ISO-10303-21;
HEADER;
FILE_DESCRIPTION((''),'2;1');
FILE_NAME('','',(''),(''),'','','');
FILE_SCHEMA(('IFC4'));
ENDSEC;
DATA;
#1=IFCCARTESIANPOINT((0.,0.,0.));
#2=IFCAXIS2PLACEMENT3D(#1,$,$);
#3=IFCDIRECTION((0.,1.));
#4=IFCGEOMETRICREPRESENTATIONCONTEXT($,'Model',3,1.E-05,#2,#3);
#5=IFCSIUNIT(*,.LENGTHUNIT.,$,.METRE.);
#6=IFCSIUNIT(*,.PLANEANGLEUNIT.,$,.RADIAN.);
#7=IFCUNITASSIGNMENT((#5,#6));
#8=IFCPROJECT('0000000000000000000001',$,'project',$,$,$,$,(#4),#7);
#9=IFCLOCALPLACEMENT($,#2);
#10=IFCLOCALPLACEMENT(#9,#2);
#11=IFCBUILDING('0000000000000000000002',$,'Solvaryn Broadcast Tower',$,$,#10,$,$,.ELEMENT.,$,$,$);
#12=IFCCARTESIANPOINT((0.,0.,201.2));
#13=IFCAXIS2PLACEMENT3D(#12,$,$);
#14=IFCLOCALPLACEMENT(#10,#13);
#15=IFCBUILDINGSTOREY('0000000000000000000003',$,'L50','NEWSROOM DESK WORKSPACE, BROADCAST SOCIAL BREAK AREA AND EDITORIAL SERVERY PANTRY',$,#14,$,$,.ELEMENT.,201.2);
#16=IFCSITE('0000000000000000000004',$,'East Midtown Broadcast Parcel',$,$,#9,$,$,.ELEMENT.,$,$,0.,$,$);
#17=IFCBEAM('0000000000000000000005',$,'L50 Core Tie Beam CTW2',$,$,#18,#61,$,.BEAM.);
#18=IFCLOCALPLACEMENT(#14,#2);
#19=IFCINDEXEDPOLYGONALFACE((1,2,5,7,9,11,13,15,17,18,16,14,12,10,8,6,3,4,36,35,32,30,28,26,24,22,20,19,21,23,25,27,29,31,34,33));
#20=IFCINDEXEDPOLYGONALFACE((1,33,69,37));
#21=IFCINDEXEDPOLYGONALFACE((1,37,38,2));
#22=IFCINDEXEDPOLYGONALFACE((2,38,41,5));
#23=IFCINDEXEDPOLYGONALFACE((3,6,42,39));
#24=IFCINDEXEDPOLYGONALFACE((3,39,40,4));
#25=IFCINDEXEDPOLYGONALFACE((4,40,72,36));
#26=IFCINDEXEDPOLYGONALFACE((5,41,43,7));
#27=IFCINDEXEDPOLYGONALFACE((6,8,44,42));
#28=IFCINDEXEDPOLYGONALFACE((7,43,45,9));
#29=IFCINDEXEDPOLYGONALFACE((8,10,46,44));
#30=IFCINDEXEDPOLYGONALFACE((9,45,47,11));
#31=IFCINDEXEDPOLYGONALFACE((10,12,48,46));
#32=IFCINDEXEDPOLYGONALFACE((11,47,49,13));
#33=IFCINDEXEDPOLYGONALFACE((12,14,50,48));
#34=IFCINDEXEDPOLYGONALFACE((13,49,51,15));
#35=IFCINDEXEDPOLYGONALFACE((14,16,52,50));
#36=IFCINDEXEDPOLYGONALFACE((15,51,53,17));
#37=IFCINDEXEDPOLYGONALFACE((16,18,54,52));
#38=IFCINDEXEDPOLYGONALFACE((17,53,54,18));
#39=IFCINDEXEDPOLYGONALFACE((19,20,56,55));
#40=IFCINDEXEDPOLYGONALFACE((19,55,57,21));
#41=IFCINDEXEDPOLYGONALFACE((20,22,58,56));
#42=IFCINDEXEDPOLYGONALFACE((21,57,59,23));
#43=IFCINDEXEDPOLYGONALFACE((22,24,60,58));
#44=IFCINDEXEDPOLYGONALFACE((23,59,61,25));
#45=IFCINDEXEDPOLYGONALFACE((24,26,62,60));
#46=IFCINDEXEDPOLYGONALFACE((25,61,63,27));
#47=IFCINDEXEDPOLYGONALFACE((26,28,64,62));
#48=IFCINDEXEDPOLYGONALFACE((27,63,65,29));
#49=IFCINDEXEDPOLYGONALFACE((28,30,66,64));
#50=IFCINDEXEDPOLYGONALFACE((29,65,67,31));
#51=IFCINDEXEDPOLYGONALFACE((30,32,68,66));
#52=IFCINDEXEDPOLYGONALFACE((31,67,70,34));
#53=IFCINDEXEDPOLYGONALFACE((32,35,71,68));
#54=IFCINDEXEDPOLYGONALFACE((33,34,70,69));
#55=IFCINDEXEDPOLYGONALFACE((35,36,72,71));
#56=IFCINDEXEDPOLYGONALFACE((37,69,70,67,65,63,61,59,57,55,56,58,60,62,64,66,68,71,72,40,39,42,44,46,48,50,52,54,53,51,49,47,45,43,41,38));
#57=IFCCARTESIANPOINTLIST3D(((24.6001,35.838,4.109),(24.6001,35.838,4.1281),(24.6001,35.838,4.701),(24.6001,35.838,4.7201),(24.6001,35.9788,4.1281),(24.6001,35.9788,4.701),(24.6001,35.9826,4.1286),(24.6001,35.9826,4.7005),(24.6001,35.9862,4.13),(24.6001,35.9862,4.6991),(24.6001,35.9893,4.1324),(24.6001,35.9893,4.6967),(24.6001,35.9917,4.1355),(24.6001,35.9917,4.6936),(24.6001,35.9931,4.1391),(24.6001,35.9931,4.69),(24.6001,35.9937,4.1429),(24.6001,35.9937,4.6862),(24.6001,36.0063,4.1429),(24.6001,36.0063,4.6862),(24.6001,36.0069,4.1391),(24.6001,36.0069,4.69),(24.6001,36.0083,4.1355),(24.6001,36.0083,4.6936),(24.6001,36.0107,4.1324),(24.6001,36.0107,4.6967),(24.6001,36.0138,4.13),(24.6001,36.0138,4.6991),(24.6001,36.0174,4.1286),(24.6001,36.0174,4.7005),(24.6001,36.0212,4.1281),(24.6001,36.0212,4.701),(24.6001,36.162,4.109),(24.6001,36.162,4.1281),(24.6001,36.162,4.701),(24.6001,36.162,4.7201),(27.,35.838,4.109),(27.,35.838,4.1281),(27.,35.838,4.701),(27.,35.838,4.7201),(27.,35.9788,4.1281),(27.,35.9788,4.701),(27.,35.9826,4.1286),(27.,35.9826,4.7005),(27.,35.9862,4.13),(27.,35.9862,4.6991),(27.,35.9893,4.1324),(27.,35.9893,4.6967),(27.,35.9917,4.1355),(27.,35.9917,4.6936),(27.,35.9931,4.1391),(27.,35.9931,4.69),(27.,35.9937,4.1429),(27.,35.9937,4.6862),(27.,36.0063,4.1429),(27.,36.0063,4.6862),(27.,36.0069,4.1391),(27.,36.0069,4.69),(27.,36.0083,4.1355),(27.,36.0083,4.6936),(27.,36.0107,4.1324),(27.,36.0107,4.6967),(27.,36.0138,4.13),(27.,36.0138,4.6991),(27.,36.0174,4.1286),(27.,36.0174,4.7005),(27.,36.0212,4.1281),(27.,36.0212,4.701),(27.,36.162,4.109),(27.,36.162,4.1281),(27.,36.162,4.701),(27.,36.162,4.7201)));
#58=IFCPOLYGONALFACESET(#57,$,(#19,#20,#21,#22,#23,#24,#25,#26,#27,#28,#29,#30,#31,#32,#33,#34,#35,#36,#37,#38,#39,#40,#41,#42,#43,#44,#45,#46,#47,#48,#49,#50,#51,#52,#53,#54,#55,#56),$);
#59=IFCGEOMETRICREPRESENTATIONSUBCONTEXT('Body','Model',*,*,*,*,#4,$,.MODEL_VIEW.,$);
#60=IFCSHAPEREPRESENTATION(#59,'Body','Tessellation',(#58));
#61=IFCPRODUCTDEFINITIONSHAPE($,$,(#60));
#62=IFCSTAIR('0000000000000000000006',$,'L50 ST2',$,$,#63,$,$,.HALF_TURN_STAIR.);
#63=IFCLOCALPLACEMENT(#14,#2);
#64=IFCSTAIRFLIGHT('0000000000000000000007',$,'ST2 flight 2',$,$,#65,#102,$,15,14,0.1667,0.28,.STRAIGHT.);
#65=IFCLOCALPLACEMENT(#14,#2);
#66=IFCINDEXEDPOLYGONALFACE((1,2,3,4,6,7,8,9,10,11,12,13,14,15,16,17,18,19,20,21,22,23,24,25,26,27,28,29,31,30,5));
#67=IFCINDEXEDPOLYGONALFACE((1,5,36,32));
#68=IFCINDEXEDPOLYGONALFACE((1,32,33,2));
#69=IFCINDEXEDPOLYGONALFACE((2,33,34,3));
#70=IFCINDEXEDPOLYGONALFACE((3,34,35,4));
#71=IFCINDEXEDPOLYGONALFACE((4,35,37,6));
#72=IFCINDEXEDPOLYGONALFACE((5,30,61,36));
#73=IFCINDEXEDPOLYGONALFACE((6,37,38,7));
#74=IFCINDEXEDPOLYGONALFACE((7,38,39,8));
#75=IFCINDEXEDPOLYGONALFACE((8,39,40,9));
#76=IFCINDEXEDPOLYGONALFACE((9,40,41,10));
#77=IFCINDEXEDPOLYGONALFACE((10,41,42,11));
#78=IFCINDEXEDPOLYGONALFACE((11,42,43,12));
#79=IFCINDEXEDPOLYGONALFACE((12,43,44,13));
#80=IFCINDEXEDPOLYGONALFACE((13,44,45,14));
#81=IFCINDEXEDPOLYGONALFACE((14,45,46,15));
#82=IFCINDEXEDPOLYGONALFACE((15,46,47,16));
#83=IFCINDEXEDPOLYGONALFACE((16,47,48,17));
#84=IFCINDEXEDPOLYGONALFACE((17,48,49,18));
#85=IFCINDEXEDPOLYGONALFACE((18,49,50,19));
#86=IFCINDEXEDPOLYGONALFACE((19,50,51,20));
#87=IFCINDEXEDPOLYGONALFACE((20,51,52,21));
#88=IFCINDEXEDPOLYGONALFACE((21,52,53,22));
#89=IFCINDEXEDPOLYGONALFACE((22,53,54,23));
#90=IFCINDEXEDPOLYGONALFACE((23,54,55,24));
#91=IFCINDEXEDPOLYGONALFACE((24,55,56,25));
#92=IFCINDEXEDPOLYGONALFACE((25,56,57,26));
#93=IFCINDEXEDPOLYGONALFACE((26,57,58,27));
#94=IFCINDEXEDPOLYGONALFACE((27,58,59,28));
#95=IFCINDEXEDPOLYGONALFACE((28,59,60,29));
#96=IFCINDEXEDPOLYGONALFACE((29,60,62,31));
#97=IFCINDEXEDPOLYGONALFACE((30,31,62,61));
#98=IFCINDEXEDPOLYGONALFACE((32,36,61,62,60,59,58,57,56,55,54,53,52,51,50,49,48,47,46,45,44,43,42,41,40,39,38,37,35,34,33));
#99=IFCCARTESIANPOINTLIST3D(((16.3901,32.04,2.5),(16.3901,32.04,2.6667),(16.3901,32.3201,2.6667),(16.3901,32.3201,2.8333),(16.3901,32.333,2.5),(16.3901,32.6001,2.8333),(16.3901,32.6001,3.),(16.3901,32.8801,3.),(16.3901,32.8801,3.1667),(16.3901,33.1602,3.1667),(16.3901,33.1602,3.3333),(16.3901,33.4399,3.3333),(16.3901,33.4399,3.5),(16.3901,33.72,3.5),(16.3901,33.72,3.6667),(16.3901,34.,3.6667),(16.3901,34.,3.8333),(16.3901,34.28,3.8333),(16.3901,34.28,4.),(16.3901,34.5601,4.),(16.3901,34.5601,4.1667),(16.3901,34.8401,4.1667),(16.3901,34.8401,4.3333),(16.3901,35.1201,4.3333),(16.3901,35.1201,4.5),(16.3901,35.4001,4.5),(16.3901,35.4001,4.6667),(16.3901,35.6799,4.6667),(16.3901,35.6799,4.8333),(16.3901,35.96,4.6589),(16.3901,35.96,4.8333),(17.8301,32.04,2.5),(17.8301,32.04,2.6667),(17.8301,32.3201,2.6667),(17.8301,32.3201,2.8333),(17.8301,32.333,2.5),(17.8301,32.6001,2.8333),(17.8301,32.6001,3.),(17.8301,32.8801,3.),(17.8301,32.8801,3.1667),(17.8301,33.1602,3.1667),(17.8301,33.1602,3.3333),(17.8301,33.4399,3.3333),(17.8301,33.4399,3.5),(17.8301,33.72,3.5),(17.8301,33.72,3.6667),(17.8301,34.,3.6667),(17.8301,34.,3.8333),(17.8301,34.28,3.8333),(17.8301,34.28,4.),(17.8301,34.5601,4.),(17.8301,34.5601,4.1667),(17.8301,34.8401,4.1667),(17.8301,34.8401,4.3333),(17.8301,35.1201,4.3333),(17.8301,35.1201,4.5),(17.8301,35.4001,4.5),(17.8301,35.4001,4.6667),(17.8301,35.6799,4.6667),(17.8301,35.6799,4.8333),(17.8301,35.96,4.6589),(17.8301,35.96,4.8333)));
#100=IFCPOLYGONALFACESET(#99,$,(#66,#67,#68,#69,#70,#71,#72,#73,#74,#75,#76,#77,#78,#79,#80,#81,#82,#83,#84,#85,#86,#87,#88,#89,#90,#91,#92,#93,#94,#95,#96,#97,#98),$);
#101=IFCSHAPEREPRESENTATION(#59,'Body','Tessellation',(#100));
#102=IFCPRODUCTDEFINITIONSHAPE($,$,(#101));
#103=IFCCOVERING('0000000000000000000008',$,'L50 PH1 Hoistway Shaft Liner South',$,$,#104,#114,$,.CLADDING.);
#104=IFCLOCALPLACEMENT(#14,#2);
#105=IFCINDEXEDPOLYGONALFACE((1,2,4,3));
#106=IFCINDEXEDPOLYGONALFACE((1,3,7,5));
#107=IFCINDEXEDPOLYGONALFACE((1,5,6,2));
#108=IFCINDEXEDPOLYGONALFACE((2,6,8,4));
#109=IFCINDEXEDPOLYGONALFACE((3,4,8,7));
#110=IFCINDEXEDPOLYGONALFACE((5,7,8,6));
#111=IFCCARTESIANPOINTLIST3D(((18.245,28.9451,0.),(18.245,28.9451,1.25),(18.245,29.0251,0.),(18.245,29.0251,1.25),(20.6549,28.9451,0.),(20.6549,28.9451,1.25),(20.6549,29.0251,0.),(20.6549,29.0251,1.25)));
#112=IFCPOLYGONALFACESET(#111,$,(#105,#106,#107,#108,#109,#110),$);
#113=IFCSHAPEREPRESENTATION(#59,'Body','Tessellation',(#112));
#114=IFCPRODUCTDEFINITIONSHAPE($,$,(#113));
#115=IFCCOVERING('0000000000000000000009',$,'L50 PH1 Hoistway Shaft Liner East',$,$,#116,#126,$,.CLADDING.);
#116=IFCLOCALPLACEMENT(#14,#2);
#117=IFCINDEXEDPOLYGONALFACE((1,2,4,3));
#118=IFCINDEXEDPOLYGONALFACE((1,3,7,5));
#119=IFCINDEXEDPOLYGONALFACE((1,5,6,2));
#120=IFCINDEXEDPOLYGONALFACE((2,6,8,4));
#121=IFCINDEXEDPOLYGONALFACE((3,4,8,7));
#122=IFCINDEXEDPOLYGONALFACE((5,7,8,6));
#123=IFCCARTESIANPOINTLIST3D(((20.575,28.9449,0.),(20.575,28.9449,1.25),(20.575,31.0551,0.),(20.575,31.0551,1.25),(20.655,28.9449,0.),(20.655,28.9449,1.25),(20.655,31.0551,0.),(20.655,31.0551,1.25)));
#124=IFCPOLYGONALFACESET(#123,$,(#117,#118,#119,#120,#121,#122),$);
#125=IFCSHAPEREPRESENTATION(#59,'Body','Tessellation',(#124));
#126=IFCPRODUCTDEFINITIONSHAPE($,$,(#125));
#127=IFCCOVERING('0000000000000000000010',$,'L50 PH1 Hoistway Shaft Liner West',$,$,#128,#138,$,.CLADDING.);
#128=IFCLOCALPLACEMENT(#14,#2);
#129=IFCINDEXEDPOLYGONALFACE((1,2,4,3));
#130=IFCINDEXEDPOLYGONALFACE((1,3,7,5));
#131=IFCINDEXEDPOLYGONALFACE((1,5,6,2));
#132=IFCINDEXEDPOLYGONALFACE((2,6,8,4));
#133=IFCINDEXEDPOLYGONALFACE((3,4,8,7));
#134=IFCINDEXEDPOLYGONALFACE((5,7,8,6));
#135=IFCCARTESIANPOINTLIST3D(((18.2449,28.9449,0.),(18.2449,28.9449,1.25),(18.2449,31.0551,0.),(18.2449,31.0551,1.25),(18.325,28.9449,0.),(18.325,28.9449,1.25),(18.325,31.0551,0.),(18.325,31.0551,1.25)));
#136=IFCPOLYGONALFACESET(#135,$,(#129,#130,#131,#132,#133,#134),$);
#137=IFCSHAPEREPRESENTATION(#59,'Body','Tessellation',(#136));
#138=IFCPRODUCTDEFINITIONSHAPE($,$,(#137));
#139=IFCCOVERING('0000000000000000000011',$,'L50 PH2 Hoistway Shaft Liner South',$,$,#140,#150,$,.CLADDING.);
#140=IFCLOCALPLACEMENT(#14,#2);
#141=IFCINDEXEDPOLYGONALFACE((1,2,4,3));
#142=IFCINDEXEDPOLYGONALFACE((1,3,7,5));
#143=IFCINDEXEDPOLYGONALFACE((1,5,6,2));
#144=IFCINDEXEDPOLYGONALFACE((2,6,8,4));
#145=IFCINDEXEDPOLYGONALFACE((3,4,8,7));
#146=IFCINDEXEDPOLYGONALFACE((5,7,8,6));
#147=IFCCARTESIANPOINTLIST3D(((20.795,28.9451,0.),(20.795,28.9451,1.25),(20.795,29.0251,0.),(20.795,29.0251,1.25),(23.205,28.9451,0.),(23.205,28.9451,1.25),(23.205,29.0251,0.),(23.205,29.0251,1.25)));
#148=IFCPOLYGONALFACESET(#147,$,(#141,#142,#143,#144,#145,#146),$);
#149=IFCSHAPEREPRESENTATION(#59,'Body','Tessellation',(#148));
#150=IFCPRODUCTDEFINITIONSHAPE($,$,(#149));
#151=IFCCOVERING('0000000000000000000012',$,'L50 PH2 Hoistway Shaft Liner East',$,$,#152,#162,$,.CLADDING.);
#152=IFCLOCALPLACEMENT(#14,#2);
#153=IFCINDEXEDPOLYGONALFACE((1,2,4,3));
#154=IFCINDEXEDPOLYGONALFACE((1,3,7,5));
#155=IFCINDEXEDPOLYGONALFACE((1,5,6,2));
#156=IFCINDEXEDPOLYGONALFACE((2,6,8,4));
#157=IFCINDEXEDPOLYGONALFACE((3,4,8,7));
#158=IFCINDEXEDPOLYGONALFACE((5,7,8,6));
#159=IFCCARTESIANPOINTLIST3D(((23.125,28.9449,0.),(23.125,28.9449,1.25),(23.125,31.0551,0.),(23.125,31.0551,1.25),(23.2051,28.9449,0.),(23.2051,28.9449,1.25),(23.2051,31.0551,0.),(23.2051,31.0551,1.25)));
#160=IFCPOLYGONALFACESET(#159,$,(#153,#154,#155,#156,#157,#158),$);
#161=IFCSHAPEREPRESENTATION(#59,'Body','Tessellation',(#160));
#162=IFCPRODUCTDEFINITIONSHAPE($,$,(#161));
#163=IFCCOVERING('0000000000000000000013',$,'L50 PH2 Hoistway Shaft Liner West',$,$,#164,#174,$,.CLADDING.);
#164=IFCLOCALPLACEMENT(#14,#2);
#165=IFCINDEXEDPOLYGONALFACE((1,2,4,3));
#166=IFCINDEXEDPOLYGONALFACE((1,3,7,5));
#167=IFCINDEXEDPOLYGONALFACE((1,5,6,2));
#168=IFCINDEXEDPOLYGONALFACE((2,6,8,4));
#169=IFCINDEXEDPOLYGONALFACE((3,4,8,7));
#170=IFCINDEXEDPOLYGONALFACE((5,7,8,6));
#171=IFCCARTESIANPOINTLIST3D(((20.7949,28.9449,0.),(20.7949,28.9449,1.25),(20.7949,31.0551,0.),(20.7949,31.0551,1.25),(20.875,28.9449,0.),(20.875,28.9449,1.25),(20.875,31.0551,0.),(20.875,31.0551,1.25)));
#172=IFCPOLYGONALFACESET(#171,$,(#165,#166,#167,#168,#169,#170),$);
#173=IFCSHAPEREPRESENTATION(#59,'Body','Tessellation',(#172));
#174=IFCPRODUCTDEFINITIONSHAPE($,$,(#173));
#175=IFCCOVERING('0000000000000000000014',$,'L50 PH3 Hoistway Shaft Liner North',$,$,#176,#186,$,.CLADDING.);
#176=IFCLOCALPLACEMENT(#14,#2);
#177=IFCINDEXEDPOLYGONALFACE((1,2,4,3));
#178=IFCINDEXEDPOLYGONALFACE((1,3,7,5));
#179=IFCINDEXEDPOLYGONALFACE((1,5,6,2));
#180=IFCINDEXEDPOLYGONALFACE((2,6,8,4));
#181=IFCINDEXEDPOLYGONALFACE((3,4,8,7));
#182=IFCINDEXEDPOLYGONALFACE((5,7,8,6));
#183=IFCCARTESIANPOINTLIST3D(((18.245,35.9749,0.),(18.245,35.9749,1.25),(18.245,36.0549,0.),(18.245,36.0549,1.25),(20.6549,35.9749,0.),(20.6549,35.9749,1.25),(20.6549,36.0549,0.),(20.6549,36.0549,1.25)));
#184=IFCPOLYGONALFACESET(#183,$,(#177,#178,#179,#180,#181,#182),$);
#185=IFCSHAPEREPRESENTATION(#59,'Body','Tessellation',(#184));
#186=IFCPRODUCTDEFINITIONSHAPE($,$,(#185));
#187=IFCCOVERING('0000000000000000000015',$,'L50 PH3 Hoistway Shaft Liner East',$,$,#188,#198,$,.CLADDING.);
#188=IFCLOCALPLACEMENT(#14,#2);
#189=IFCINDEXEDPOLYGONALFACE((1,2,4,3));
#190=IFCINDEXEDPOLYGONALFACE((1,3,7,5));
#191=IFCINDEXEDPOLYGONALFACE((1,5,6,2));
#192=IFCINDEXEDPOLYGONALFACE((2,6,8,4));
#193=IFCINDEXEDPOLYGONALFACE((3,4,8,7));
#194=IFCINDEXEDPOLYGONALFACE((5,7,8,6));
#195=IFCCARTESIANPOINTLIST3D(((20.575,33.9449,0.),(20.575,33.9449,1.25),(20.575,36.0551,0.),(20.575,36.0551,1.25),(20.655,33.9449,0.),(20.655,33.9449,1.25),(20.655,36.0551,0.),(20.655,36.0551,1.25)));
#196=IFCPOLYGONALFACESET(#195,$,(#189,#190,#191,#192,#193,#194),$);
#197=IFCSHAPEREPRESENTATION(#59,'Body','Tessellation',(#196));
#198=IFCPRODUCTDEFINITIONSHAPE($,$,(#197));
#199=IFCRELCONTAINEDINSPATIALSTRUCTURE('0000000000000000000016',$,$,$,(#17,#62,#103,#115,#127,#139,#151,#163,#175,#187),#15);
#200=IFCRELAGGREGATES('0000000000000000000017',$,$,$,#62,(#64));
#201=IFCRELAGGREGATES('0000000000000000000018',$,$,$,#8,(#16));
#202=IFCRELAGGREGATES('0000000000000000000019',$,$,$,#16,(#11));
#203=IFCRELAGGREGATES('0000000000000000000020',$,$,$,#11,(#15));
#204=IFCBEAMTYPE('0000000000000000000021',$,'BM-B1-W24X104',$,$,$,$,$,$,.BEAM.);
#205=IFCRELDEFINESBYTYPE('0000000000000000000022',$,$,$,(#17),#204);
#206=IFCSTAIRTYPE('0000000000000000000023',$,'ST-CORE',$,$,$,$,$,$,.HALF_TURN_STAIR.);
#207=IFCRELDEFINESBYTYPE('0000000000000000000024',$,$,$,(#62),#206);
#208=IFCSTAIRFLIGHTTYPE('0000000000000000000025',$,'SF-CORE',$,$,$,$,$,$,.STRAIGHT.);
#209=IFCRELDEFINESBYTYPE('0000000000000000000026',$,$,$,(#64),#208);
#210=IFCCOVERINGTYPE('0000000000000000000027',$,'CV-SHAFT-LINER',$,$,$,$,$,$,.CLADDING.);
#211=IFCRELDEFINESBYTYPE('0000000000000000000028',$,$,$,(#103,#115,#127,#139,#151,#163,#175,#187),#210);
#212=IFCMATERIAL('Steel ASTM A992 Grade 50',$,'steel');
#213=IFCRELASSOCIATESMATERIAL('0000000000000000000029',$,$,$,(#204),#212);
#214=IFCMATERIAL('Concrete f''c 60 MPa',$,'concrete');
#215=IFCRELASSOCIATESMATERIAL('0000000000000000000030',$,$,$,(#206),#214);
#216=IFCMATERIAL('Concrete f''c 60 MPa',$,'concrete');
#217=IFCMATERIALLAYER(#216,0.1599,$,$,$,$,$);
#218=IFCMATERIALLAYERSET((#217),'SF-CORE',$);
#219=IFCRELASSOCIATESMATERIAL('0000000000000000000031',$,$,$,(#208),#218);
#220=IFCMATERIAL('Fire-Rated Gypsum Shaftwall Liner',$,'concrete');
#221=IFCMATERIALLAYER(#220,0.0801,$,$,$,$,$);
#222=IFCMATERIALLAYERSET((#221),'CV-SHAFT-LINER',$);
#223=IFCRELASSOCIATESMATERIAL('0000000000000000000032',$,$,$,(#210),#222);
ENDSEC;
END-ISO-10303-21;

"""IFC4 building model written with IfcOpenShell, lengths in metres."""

from ifc_helpers import new_model, si_unit, direction, frame, origin, origin_2d, place, context, subcontext, project, spatial, polyline, rectangle, i_section, outline, extrude, material, layer, layer_set, material_profile, profile_set, type_object, element, aggregate, save


model = new_model("IFC4")

# Units and contexts
model_context = context("Model", 3, precision=1e-05, world=origin(), true_north=direction((0.0, 1.0)))
body_context = subcontext(model_context, "Body", "Model", "MODEL_VIEW")
ifc_project = project(units=[si_unit("LENGTHUNIT", "METRE"), si_unit("PLANEANGLEUNIT", "RADIAN")], contexts=[model_context])

# Site, building, storey
site_placement = place(None, origin())
site = spatial("IfcSite", under=ifc_project, at=site_placement, Name="East Midtown Broadcast Parcel", CompositionType="ELEMENT", RefElevation=0.0)
building_placement = place(site_placement, origin())
building = spatial("IfcBuilding", under=site, at=building_placement, Name="Solvaryn Broadcast Tower", CompositionType="ELEMENT")
storey_placement = place(building_placement, frame((0.0, 0.0, 201.2)))
storey = spatial("IfcBuildingStorey", under=building, at=storey_placement, Name="L50", Description="NEWSROOM DESK WORKSPACE, BROADCAST SOCIAL BREAK AREA AND EDITORIAL SERVERY PANTRY", CompositionType="ELEMENT", Elevation=201.2)

# Beam
ifc_material_1 = material(Name="Steel ASTM A992 Grade 50", Category="steel")
ifc_material_profile = material_profile(ifc_material_1, i_section(OverallWidth=0.324, OverallDepth=0.6111, WebThickness=0.0127, FlangeThickness=0.019, FilletRadius=0.0149, at=origin_2d()))
ifc_profile_set = profile_set([ifc_material_profile], Name="Steel ASTM A992 Grade 50")
beam_type = type_object("IfcBeamType", Name="BM-B1-W24X104", PredefinedType="BEAM", material=ifc_profile_set)
beam_placement = place(storey_placement, frame((24.6001, 36.0, 4.4146), z_axis=(1.0, 0.0, 0.0), x_axis=(0.0, 1.0, 0.0)))
element("IfcBeam", 1, at=beam_placement, inside=storey, type_object=beam_type, Name="L50 Core Tie Beam CTW2", PredefinedType="BEAM", context=body_context, shape_type="SweptSolid", body=[
    extrude(i_section(OverallWidth=0.324, OverallDepth=0.6111, WebThickness=0.0127, FlangeThickness=0.019, FilletRadius=0.0149, at=origin_2d()), origin(), (0.0, 0.0, 1.0), 2.3999),
])

# Stair, stair flight
ifc_material_2 = material(Name="Concrete f'c 60 MPa", Category="concrete")
stair_type = type_object("IfcStairType", Name="ST-CORE", PredefinedType="HALF_TURN_STAIR", material=ifc_material_2)
stair_placement = place(storey_placement, origin())
stair = element("IfcStair", 2, at=stair_placement, inside=storey, type_object=stair_type, Name="L50 ST2", PredefinedType="HALF_TURN_STAIR")
ifc_material_3 = material(Name="Concrete f'c 60 MPa", Category="concrete")
ifc_layer_1 = layer(ifc_material_3, 0.1599)
ifc_layer_set_1 = layer_set([ifc_layer_1], Name="SF-CORE")
stair_flight_type = type_object("IfcStairFlightType", Name="SF-CORE", PredefinedType="STRAIGHT", material=ifc_layer_set_1)
stair_flight_placement = place(storey_placement, frame((17.1101, 32.04, 2.5), z_axis=(0.0, 0.0, 1.0), x_axis=(0.0, 1.0, 0.0)))
stair_flight = element("IfcStairFlight", 3, at=stair_flight_placement, type_object=stair_flight_type, Name="ST2 flight 2", NumberOfRisers=15, NumberOfTreads=14, PredefinedType="STRAIGHT", RiserHeight=0.1667, TreadLength=0.28, context=body_context, shape_type="SweptSolid", body=[
    extrude(outline(polyline([(0.0, 0.0), (0.0, 0.1667), (0.28, 0.1667), (0.28, 0.3333), (0.5601, 0.3333), (0.5601, 0.5), (0.8401, 0.5), (0.8401, 0.6667), (1.1201, 0.6667), (1.1201, 0.8333), (1.3999, 0.8333), (1.3999, 1.0), (1.6799, 1.0), (1.6799, 1.1667), (1.96, 1.1667), (1.96, 1.3333), (2.24, 1.3333), (2.24, 1.5), (2.52, 1.5), (2.52, 1.6667), (2.8, 1.6667), (2.8, 1.8333), (3.0801, 1.8333), (3.0801, 2.0), (3.3601, 2.0), (3.3601, 2.1667), (3.6399, 2.1667), (3.6399, 2.3333), (3.9199, 2.3333), (3.9199, 2.5), (3.9199, 2.1589), (0.293, 0.0), (0.0, 0.0)])), frame((0.0, 0.72, 0.0), z_axis=(0.0, -1.0, 0.0), x_axis=(1.0, 0.0, 0.0)), (0.0, 0.0, 1.0), 1.4399),
])
aggregate(stair, [stair_flight])

# Coverings
ifc_material_4 = material(Name="Fire-Rated Gypsum Shaftwall Liner", Category="concrete")
ifc_layer_2 = layer(ifc_material_4, 0.0801)
ifc_layer_set_2 = layer_set([ifc_layer_2], Name="CV-SHAFT-LINER")
covering_type = type_object("IfcCoveringType", Name="CV-SHAFT-LINER", PredefinedType="CLADDING", material=ifc_layer_set_2)
covering_1_placement = place(storey_placement, frame((19.45, 28.9851, 0.0), z_axis=(0.0, 0.0, 1.0), x_axis=(1.0, 0.0, 0.0)))
element("IfcCovering", 4, at=covering_1_placement, inside=storey, type_object=covering_type, Name="L50 PH1 Hoistway Shaft Liner South", PredefinedType="CLADDING", context=body_context, shape_type="SweptSolid", body=[
    extrude(rectangle(XDim=2.4099, YDim=0.0801, at=origin_2d()), origin(), (0.0, 0.0, 1.0), 1.25),
])
for number, where, z_axis, x_axis, name in (
    (5, (20.615, 30.0, 0.0), (0.0, 0.0, 1.0), (1.0, 0.0, 0.0), "L50 PH1 Hoistway Shaft Liner East"),
    (6, (18.2849, 30.0, 0.0), (0.0, 0.0, 1.0), (1.0, 0.0, 0.0), "L50 PH1 Hoistway Shaft Liner West"),
):
    element("IfcCovering", number, at=place(storey_placement, frame(where, z_axis=z_axis, x_axis=x_axis)), inside=storey, type_object=covering_type, Name=name, PredefinedType="CLADDING", context=body_context, shape_type="SweptSolid", body=[
        extrude(rectangle(XDim=0.0801, YDim=2.1101, at=origin_2d()), origin(), (0.0, 0.0, 1.0), 1.25),
    ])
covering_2_placement = place(storey_placement, frame((22.0, 28.9851, 0.0), z_axis=(0.0, 0.0, 1.0), x_axis=(1.0, 0.0, 0.0)))
element("IfcCovering", 7, at=covering_2_placement, inside=storey, type_object=covering_type, Name="L50 PH2 Hoistway Shaft Liner South", PredefinedType="CLADDING", context=body_context, shape_type="SweptSolid", body=[
    extrude(rectangle(XDim=2.4099, YDim=0.0801, at=origin_2d()), origin(), (0.0, 0.0, 1.0), 1.25),
])
for number, where, z_axis, x_axis, name in (
    (8, (23.165, 30.0, 0.0), (0.0, 0.0, 1.0), (1.0, 0.0, 0.0), "L50 PH2 Hoistway Shaft Liner East"),
    (9, (20.835, 30.0, 0.0), (0.0, 0.0, 1.0), (1.0, 0.0, 0.0), "L50 PH2 Hoistway Shaft Liner West"),
):
    element("IfcCovering", number, at=place(storey_placement, frame(where, z_axis=z_axis, x_axis=x_axis)), inside=storey, type_object=covering_type, Name=name, PredefinedType="CLADDING", context=body_context, shape_type="SweptSolid", body=[
        extrude(rectangle(XDim=0.0801, YDim=2.1101, at=origin_2d()), origin(), (0.0, 0.0, 1.0), 1.25),
    ])
covering_3_placement = place(storey_placement, frame((19.45, 36.0149, 0.0), z_axis=(0.0, 0.0, 1.0), x_axis=(1.0, 0.0, 0.0)))
element("IfcCovering", 10, at=covering_3_placement, inside=storey, type_object=covering_type, Name="L50 PH3 Hoistway Shaft Liner North", PredefinedType="CLADDING", context=body_context, shape_type="SweptSolid", body=[
    extrude(rectangle(XDim=2.4099, YDim=0.0801, at=origin_2d()), origin(), (0.0, 0.0, 1.0), 1.25),
])
for number, where, z_axis, x_axis, name in (
    (11, (20.615, 35.0, 0.0), (0.0, 0.0, 1.0), (1.0, 0.0, 0.0), "L50 PH3 Hoistway Shaft Liner East"),
):
    element("IfcCovering", number, at=place(storey_placement, frame(where, z_axis=z_axis, x_axis=x_axis)), inside=storey, type_object=covering_type, Name=name, PredefinedType="CLADDING", context=body_context, shape_type="SweptSolid", body=[
        extrude(rectangle(XDim=0.0801, YDim=2.1101, at=origin_2d()), origin(), (0.0, 0.0, 1.0), 1.25),
    ])

save(model, "model.ifc")
